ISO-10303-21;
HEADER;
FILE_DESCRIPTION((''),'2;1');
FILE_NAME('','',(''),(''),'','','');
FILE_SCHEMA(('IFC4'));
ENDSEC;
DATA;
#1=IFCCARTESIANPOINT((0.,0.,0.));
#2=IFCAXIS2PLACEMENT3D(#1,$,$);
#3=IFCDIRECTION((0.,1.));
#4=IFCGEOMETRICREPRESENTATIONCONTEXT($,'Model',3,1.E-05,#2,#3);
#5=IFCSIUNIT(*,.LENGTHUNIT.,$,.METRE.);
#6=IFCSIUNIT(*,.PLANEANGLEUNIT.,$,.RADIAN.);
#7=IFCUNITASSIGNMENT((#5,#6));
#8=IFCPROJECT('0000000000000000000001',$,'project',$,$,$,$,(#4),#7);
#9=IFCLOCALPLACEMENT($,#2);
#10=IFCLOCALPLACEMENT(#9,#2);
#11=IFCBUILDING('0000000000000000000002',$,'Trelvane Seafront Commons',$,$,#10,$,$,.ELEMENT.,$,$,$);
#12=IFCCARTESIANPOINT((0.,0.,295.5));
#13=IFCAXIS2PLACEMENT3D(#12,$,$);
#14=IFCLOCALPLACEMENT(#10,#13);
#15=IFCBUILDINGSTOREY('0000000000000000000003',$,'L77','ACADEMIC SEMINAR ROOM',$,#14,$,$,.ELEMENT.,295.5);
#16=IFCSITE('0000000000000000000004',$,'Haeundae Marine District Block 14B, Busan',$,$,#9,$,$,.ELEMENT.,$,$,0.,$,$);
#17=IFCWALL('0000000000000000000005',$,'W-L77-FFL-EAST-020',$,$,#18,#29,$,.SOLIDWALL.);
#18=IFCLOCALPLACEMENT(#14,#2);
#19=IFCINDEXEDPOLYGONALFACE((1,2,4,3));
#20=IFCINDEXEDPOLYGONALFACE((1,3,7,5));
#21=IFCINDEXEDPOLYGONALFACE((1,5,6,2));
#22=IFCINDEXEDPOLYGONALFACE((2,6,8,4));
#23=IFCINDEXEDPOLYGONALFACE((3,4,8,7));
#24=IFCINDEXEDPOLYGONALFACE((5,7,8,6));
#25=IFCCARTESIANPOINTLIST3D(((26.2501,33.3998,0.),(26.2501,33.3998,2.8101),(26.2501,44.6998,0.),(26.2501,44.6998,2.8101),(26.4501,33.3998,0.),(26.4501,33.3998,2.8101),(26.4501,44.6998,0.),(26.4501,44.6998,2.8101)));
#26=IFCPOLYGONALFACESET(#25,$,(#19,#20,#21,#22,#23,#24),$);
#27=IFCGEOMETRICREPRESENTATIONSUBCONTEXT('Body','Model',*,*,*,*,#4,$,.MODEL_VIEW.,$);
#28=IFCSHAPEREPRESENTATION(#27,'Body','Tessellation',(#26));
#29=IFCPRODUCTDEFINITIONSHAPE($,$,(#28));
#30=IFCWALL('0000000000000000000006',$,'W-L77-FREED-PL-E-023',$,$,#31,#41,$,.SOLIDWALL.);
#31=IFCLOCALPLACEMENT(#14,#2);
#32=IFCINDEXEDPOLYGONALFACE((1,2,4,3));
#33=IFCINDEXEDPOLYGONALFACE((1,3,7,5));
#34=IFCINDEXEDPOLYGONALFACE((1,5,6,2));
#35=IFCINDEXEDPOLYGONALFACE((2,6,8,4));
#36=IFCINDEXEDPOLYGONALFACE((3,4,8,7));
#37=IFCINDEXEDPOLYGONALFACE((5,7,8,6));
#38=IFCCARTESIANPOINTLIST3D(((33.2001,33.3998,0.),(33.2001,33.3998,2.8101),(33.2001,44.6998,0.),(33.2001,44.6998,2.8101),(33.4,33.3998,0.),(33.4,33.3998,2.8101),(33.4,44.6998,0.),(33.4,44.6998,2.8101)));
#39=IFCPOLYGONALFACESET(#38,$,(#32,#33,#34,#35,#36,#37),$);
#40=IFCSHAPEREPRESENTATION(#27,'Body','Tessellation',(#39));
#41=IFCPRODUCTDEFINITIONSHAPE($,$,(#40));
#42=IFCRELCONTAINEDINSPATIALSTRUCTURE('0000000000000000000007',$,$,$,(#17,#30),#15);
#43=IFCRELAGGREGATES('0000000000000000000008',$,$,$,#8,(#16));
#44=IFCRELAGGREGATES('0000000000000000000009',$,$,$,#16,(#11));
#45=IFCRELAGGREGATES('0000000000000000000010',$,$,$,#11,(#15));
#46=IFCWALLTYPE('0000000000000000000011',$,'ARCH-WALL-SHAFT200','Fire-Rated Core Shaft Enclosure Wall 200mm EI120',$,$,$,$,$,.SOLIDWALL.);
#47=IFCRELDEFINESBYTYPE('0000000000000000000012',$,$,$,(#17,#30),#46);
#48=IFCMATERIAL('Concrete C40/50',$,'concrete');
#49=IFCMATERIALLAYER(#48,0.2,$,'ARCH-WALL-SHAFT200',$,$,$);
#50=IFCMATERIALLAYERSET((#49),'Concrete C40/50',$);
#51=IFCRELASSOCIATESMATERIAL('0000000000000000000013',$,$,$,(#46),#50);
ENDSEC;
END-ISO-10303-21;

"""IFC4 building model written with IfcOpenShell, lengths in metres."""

from ifc_helpers import new_model, si_unit, direction, frame, frame_2d, origin, place, context, subcontext, project, spatial, rectangle, extrude, material, layer, layer_set, type_object, element, save


model = new_model("IFC4")

# Units and contexts
model_context = context("Model", 3, precision=1e-05, world=origin(), true_north=direction((0.0, 1.0)))
body_context = subcontext(model_context, "Body", "Model", "MODEL_VIEW")
ifc_project = project(units=[si_unit("LENGTHUNIT", "METRE"), si_unit("PLANEANGLEUNIT", "RADIAN")], contexts=[model_context])

# Site, building, storey
site_placement = place(None, origin())
site = spatial("IfcSite", under=ifc_project, at=site_placement, Name="Haeundae Marine District Block 14B, Busan", CompositionType="ELEMENT", RefElevation=0.0)
building_placement = place(site_placement, origin())
building = spatial("IfcBuilding", under=site, at=building_placement, Name="Trelvane Seafront Commons", CompositionType="ELEMENT")
storey_placement = place(building_placement, frame((0.0, 0.0, 295.5)))
storey = spatial("IfcBuildingStorey", under=building, at=storey_placement, Name="L77", Description="ACADEMIC SEMINAR ROOM", CompositionType="ELEMENT", Elevation=295.5)

# Shared definitions
ifc_material_1 = material(Name="Concrete C40/50", Category="concrete")

# Walls
ifc_layer_1 = layer(ifc_material_1, 0.2, Name="ARCH-WALL-SHAFT200")
ifc_layer_set_1 = layer_set([ifc_layer_1], Name="Concrete C40/50")
wall_type_1 = type_object("IfcWallType", Name="ARCH-WALL-SHAFT200", Description="Fire-Rated Core Shaft Enclosure Wall 200mm EI120", PredefinedType="SOLIDWALL", material=ifc_layer_set_1)
for number, where, z_axis, x_axis, name in (
    (1, (26.3501, 33.3999, 0.0), (0.0, 0.0, 1.0), (0.0, 1.0, 0.0), "W-L77-FFL-EAST-020"),
    (2, (33.3, 33.3999, 0.0), (0.0, 0.0, 1.0), (0.0, 1.0, 0.0), "W-L77-FREED-PL-E-023"),
):
    element("IfcWall", number, at=place(storey_placement, frame(where, z_axis=z_axis, x_axis=x_axis)), inside=storey, type_object=wall_type_1, Name=name, PredefinedType="SOLIDWALL", context=body_context, shape_type="SweptSolid", body=[
        extrude(rectangle(XDim=11.3, YDim=0.2, at=frame_2d((5.6499, 0.0))), origin(), (0.0, 0.0, 1.0), 2.8101),
    ])

save(model, "model.ifc")
